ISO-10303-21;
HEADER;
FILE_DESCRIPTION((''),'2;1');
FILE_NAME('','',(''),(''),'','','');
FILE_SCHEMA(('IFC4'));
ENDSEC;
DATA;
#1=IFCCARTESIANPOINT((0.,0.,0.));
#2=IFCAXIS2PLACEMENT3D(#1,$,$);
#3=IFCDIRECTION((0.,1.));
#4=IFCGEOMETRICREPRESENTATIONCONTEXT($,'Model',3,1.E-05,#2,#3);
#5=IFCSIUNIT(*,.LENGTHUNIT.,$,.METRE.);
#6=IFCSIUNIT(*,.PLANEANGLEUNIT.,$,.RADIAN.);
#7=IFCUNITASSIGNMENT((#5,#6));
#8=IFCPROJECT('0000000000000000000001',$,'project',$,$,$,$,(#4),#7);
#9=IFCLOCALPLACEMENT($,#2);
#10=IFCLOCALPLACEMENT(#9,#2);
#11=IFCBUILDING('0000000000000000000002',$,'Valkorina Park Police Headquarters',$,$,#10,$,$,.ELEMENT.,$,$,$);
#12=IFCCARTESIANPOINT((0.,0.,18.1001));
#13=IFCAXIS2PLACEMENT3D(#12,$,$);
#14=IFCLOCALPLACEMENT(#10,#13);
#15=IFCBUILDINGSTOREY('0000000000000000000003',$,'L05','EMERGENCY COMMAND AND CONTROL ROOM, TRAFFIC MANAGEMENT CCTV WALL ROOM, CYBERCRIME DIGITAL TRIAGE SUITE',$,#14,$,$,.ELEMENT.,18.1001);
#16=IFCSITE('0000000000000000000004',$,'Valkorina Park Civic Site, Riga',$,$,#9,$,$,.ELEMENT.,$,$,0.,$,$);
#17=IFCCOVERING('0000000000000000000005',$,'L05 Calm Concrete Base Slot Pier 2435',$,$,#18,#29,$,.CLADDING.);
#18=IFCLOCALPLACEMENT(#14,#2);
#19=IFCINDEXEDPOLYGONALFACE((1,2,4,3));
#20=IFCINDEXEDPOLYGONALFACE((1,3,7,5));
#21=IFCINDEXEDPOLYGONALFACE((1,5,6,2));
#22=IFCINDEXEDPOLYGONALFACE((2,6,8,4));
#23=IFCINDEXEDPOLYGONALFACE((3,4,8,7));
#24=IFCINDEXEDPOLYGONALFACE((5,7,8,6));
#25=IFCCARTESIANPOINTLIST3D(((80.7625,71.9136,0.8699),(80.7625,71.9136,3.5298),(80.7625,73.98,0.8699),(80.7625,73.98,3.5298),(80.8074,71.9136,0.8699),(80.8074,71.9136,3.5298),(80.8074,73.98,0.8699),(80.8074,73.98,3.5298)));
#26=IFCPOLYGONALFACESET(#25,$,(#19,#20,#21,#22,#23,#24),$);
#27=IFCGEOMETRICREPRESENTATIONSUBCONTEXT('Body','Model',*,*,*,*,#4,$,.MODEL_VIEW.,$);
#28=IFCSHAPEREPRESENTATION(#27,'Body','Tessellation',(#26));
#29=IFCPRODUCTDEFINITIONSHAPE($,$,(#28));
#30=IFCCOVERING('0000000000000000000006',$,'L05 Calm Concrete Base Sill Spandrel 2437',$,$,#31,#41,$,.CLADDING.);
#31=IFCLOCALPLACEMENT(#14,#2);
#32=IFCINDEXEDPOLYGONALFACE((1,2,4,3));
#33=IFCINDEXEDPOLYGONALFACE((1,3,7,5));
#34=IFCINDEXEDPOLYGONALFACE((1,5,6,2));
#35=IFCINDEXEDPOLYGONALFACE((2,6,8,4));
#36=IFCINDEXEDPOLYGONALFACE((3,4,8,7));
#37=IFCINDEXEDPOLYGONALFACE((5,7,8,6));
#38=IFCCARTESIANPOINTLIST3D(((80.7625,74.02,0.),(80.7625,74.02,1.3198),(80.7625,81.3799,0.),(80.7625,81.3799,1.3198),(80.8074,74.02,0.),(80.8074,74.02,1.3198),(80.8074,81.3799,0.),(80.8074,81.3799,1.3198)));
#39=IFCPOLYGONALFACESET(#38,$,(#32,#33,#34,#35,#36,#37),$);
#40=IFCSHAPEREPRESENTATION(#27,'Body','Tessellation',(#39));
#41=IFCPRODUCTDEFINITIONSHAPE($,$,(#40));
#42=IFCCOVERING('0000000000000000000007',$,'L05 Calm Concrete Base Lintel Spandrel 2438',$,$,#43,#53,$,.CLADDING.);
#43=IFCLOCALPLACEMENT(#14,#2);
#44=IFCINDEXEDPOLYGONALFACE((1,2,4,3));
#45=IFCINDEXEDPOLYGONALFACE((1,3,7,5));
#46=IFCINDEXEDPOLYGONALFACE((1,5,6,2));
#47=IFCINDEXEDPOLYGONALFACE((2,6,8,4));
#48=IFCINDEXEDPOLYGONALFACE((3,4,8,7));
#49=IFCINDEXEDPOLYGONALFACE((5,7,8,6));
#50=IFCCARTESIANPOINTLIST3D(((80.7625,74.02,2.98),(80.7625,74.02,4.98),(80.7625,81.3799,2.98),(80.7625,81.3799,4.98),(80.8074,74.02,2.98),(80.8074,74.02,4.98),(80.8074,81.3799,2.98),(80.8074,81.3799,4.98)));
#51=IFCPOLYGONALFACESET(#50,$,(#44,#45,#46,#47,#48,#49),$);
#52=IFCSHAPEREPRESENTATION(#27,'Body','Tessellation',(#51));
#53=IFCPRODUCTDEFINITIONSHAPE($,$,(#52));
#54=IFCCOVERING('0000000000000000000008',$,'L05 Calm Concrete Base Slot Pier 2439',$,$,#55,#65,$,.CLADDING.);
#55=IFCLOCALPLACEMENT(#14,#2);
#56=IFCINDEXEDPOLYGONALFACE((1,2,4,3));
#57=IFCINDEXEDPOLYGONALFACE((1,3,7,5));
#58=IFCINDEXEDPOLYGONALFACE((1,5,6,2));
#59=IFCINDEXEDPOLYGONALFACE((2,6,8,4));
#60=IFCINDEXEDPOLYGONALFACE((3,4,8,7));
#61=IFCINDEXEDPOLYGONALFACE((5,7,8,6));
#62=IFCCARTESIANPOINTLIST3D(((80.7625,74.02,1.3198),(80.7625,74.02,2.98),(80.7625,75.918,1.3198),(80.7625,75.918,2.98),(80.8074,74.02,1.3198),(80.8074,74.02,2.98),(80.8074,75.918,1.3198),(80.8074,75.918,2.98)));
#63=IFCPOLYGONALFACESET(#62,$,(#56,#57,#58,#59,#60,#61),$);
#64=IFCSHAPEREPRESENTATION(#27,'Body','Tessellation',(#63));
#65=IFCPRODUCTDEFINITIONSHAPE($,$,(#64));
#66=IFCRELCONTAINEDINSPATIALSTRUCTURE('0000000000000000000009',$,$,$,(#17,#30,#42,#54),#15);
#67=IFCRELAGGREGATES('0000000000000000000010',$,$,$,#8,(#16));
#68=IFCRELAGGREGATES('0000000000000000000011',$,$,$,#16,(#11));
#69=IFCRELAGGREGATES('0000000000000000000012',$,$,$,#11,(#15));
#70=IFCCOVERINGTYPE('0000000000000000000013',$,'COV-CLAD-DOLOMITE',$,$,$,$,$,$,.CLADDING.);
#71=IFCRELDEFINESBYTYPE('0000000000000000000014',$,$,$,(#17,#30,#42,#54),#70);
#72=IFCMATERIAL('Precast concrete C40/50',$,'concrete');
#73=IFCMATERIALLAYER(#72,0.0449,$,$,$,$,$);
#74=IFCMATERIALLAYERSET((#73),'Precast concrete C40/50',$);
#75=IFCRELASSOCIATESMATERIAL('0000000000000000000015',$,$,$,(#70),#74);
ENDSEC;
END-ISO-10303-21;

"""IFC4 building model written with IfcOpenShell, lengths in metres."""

from ifc_helpers import new_model, si_unit, direction, frame, frame_2d, origin, place, context, subcontext, project, spatial, rectangle, extrude, material, layer, layer_set, type_object, element, save


model = new_model("IFC4")

# Units and contexts
model_context = context("Model", 3, precision=1e-05, world=origin(), true_north=direction((0.0, 1.0)))
body_context = subcontext(model_context, "Body", "Model", "MODEL_VIEW")
ifc_project = project(units=[si_unit("LENGTHUNIT", "METRE"), si_unit("PLANEANGLEUNIT", "RADIAN")], contexts=[model_context])

# Site, building, storey
site_placement = place(None, origin())
site = spatial("IfcSite", under=ifc_project, at=site_placement, Name="Valkorina Park Civic Site, Riga", CompositionType="ELEMENT", RefElevation=0.0)
building_placement = place(site_placement, origin())
building = spatial("IfcBuilding", under=site, at=building_placement, Name="Valkorina Park Police Headquarters", CompositionType="ELEMENT")
storey_placement = place(building_placement, frame((0.0, 0.0, 18.1001)))
storey = spatial("IfcBuildingStorey", under=building, at=storey_placement, Name="L05", Description="EMERGENCY COMMAND AND CONTROL ROOM, TRAFFIC MANAGEMENT CCTV WALL ROOM, CYBERCRIME DIGITAL TRIAGE SUITE", CompositionType="ELEMENT", Elevation=18.1001)

# Coverings
ifc_material_1 = material(Name="Precast concrete C40/50", Category="concrete")
ifc_layer_1 = layer(ifc_material_1, 0.0449)
ifc_layer_set_1 = layer_set([ifc_layer_1], Name="Precast concrete C40/50")
covering_type = type_object("IfcCoveringType", Name="COV-CLAD-DOLOMITE", PredefinedType="CLADDING", material=ifc_layer_set_1)
covering_1_placement = place(storey_placement, frame((80.7849, 71.9136, 0.8699), z_axis=(0.0, 0.0, 1.0), x_axis=(0.0, 1.0, 0.0)))
element("IfcCovering", 1, at=covering_1_placement, inside=storey, type_object=covering_type, Name="L05 Calm Concrete Base Slot Pier 2435", PredefinedType="CLADDING", context=body_context, shape_type="SweptSolid", body=[
    extrude(rectangle(XDim=2.0664, YDim=0.0449, at=frame_2d((1.0332, 0.0))), origin(), (0.0, 0.0, 1.0), 2.6599),
])
covering_2_placement = place(storey_placement, frame((80.7849, 74.02, 0.0), z_axis=(0.0, 0.0, 1.0), x_axis=(0.0, 1.0, 0.0)))
element("IfcCovering", 2, at=covering_2_placement, inside=storey, type_object=covering_type, Name="L05 Calm Concrete Base Sill Spandrel 2437", PredefinedType="CLADDING", context=body_context, shape_type="SweptSolid", body=[
    extrude(rectangle(XDim=7.3599, YDim=0.0449, at=frame_2d((3.6799, 0.0))), origin(), (0.0, 0.0, 1.0), 1.3198),
])
covering_3_placement = place(storey_placement, frame((80.7849, 74.02, 2.98), z_axis=(0.0, 0.0, 1.0), x_axis=(0.0, 1.0, 0.0)))
element("IfcCovering", 3, at=covering_3_placement, inside=storey, type_object=covering_type, Name="L05 Calm Concrete Base Lintel Spandrel 2438", PredefinedType="CLADDING", context=body_context, shape_type="SweptSolid", body=[
    extrude(rectangle(XDim=7.3599, YDim=0.0449, at=frame_2d((3.6799, 0.0))), origin(), (0.0, 0.0, 1.0), 2.0),
])
covering_4_placement = place(storey_placement, frame((80.7849, 74.02, 1.3198), z_axis=(0.0, 0.0, 1.0), x_axis=(0.0, 1.0, 0.0)))
element("IfcCovering", 4, at=covering_4_placement, inside=storey, type_object=covering_type, Name="L05 Calm Concrete Base Slot Pier 2439", PredefinedType="CLADDING", context=body_context, shape_type="SweptSolid", body=[
    extrude(rectangle(XDim=1.8979, YDim=0.0449, at=frame_2d((0.949, 0.0))), origin(), (0.0, 0.0, 1.0), 1.6602),
])

save(model, "model.ifc")
